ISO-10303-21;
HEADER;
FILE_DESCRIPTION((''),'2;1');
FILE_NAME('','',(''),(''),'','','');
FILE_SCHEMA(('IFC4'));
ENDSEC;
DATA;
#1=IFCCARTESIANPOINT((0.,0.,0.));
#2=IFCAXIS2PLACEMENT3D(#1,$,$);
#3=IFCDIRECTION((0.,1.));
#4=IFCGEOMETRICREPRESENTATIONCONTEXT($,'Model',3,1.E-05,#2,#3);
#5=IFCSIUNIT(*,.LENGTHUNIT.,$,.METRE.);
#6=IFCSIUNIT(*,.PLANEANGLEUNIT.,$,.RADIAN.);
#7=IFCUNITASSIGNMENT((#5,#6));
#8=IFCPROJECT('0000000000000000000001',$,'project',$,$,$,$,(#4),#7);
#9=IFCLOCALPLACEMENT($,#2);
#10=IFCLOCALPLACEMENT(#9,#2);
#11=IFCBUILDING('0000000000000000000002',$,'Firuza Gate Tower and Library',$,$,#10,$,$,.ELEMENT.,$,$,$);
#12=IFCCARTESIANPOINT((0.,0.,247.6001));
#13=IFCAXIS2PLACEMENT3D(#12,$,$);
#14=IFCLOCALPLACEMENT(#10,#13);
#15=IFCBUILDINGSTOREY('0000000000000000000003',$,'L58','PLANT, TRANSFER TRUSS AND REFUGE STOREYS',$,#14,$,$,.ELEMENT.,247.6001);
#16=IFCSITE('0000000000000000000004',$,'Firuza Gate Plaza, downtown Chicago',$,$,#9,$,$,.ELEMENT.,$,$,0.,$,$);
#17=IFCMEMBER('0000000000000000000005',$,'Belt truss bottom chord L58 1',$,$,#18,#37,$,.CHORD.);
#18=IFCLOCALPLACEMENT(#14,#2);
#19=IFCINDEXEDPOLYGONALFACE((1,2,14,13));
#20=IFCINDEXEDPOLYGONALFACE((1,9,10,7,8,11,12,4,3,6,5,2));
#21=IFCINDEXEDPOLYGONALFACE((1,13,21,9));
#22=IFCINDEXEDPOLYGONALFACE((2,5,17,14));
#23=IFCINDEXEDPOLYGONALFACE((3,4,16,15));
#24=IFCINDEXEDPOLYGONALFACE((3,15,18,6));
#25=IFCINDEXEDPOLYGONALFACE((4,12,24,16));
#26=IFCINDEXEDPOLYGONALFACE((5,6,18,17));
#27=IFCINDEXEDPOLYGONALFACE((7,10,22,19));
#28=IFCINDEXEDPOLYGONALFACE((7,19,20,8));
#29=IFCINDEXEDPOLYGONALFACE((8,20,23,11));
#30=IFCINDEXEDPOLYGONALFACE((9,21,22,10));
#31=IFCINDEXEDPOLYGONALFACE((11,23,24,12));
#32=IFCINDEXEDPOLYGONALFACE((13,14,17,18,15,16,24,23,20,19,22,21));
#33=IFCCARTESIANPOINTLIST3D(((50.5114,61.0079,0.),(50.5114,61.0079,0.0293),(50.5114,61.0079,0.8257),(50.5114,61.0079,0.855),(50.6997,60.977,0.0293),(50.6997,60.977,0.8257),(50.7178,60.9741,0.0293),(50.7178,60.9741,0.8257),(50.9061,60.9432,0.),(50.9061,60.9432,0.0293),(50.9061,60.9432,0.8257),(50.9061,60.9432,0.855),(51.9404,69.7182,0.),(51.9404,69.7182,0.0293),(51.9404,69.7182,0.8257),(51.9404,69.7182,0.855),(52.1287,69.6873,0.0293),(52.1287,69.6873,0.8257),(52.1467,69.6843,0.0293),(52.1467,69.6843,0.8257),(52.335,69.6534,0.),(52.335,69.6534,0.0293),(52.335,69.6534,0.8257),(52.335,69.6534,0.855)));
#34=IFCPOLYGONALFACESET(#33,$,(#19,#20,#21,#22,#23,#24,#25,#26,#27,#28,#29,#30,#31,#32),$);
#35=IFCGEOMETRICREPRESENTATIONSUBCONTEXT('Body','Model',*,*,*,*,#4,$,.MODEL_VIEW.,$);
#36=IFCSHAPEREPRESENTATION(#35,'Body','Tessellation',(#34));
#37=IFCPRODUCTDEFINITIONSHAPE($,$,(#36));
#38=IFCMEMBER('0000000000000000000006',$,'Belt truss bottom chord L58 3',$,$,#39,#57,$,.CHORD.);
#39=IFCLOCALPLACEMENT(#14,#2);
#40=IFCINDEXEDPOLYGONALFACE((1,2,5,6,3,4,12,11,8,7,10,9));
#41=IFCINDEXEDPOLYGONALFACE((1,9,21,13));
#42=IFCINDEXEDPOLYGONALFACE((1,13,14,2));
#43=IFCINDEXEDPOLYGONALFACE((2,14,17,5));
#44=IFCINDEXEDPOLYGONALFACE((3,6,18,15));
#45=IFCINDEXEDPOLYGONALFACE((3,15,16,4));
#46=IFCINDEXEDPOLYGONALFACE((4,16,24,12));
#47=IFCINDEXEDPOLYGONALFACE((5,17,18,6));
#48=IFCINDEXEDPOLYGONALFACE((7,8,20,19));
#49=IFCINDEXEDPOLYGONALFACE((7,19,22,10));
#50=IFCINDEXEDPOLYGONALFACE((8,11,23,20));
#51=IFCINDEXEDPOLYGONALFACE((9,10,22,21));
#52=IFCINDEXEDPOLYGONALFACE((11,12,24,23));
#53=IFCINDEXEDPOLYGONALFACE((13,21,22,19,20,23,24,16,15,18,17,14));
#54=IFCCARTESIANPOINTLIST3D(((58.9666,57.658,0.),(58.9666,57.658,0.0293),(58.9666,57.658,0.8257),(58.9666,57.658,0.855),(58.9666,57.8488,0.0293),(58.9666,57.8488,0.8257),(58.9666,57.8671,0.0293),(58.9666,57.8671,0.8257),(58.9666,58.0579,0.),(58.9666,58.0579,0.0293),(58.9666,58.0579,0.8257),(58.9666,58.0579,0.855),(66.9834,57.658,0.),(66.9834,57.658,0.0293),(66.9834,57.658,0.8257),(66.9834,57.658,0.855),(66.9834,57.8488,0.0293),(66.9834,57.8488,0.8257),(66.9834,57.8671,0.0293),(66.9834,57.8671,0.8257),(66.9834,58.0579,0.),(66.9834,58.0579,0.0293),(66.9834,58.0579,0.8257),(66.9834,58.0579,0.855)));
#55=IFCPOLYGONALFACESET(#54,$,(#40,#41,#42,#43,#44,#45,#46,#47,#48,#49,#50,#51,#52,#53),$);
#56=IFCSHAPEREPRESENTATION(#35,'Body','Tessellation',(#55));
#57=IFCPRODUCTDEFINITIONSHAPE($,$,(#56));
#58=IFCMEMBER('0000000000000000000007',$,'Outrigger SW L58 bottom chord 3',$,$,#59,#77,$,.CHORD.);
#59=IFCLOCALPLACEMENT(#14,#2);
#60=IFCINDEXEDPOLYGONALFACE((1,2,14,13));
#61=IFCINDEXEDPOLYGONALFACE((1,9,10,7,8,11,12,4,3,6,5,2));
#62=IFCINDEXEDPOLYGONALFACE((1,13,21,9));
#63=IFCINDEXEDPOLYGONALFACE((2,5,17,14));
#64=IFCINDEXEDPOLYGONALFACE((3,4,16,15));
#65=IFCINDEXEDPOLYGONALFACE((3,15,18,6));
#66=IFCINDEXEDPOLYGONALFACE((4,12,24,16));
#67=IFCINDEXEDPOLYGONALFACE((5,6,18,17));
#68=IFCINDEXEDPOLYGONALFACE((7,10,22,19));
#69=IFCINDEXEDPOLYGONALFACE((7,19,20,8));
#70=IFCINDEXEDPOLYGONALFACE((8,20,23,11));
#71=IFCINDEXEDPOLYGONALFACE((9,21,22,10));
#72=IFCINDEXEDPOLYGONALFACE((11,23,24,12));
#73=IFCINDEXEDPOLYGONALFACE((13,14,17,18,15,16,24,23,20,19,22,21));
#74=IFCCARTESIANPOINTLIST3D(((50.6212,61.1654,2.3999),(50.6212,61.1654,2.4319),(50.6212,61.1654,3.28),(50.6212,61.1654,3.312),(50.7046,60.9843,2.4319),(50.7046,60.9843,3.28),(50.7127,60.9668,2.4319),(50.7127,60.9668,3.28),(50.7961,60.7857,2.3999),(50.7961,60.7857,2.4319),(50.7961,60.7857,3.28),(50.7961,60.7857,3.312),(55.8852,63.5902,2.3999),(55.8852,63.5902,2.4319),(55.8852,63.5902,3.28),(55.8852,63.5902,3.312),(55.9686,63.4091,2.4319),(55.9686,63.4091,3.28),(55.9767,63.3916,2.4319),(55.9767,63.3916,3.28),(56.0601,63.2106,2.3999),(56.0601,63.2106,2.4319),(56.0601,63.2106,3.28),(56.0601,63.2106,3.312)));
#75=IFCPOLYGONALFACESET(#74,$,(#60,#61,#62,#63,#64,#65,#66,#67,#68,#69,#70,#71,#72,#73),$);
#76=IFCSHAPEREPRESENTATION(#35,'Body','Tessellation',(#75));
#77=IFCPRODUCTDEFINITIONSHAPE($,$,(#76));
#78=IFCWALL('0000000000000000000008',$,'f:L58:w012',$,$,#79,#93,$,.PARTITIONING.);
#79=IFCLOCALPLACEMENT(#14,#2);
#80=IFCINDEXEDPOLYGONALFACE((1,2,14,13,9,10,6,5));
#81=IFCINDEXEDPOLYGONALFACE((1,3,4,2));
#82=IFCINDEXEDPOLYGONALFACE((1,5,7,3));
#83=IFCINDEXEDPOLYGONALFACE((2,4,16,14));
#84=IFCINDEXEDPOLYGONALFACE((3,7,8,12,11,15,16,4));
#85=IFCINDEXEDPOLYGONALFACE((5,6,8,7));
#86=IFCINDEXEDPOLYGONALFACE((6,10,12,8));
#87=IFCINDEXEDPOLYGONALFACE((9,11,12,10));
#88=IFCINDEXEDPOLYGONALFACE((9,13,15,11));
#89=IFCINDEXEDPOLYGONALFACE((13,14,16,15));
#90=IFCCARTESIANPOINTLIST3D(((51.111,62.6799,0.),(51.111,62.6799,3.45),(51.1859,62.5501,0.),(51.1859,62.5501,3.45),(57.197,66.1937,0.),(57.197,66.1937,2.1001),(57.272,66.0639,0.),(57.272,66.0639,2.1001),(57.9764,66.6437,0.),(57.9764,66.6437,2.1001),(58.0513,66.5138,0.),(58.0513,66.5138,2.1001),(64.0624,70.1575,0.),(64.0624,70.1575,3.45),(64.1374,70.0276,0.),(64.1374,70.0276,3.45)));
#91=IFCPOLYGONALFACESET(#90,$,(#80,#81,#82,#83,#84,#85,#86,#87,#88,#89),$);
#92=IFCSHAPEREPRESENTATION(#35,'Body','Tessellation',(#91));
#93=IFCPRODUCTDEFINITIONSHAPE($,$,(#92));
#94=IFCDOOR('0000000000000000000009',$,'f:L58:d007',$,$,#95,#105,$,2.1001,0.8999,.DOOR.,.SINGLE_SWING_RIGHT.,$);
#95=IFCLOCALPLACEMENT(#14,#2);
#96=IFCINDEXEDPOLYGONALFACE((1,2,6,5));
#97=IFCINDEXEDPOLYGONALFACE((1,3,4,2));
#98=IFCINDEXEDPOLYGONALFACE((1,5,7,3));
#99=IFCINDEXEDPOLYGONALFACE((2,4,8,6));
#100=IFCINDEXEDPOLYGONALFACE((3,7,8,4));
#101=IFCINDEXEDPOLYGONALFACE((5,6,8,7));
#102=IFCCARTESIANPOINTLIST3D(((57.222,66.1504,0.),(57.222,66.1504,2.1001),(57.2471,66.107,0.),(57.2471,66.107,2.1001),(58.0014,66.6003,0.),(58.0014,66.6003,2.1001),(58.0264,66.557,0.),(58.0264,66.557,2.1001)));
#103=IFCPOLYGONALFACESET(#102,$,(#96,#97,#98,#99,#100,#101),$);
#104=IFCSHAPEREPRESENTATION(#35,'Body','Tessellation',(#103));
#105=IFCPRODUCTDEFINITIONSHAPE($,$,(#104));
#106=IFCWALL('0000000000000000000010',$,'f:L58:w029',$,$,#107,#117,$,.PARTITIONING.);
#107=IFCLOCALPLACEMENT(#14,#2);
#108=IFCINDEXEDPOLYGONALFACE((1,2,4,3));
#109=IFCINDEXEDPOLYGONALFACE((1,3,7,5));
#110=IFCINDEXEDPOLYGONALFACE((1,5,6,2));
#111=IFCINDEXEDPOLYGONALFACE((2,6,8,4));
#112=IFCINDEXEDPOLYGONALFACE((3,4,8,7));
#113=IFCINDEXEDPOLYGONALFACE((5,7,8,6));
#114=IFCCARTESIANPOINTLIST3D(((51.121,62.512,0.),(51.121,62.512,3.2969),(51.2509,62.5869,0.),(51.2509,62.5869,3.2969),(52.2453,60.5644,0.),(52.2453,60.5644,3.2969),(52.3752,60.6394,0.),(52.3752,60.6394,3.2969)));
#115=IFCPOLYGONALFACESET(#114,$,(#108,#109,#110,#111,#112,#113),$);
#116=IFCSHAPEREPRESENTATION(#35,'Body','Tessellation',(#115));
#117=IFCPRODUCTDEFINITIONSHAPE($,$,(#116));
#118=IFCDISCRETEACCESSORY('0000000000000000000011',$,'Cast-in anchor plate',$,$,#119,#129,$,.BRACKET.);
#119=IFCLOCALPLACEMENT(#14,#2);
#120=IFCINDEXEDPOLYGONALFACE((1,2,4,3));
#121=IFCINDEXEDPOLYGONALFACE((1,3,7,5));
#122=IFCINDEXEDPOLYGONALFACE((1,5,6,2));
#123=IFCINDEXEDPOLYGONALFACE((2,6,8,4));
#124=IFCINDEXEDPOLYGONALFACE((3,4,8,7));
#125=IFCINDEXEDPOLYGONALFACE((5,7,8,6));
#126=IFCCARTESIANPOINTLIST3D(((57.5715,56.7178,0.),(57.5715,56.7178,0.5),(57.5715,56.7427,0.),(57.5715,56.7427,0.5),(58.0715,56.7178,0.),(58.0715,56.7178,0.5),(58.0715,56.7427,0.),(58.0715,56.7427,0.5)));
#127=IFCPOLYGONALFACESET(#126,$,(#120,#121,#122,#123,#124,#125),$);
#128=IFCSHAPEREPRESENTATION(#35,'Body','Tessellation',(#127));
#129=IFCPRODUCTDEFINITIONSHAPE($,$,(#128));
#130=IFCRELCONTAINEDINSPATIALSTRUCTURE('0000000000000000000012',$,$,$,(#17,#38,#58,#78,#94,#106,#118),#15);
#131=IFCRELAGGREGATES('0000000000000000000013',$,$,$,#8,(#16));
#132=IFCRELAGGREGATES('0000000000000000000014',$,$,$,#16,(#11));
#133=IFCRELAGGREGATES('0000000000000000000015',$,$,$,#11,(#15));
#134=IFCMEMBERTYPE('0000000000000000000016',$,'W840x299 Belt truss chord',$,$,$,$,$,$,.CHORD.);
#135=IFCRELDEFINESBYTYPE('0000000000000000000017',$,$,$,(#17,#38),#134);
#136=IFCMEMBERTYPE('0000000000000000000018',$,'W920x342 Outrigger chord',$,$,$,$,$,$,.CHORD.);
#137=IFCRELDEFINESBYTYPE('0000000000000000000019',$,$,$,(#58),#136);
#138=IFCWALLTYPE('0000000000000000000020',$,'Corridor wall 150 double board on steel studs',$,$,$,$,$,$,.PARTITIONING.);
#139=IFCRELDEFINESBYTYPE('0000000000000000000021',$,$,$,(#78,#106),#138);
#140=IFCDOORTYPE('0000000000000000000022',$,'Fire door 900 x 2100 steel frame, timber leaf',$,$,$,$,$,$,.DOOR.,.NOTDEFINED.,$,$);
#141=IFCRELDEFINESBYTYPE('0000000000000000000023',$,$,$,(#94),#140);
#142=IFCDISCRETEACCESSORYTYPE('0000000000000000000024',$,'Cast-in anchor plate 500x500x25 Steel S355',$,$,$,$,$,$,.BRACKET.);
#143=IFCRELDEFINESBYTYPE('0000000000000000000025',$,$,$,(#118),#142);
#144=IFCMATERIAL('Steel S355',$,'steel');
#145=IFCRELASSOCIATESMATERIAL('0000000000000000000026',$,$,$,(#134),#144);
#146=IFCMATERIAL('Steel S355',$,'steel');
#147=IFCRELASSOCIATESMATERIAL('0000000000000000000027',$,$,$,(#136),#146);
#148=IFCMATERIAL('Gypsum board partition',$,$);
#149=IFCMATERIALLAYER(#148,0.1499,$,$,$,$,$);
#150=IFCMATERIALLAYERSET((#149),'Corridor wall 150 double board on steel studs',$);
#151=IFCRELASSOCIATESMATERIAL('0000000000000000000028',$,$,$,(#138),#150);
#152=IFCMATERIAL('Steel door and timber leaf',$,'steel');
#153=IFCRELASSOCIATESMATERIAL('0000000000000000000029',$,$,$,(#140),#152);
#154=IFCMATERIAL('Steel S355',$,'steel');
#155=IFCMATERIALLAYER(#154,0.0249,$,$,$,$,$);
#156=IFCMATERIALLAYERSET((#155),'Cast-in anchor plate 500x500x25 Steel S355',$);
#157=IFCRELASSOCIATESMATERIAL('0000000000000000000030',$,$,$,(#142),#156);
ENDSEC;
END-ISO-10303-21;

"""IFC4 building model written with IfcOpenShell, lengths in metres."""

from ifc_helpers import new_model, si_unit, direction, frame, frame_2d, origin, origin_2d, place, context, subcontext, project, spatial, rectangle, i_section, extrude, material, layer, layer_set, material_profile, profile_set, type_object, element, fill, save


model = new_model("IFC4")

# Units and contexts
model_context = context("Model", 3, precision=1e-05, world=origin(), true_north=direction((0.0, 1.0)))
body_context = subcontext(model_context, "Body", "Model", "MODEL_VIEW")
ifc_project = project(units=[si_unit("LENGTHUNIT", "METRE"), si_unit("PLANEANGLEUNIT", "RADIAN")], contexts=[model_context])

# Site, building, storey
site_placement = place(None, origin())
site = spatial("IfcSite", under=ifc_project, at=site_placement, Name="Firuza Gate Plaza, downtown Chicago", CompositionType="ELEMENT", RefElevation=0.0)
building_placement = place(site_placement, origin())
building = spatial("IfcBuilding", under=site, at=building_placement, Name="Firuza Gate Tower and Library", CompositionType="ELEMENT")
storey_placement = place(building_placement, frame((0.0, 0.0, 247.6001)))
storey = spatial("IfcBuildingStorey", under=building, at=storey_placement, Name="L58", Description="PLANT, TRANSFER TRUSS AND REFUGE STOREYS", CompositionType="ELEMENT", Elevation=247.6001)

# Members
ifc_material_1 = material(Name="Steel S355", Category="steel")
ifc_material_profile_1 = material_profile(ifc_material_1, i_section(OverallWidth=0.3999, OverallDepth=0.855, WebThickness=0.0183, FlangeThickness=0.0293, at=origin_2d()))
ifc_profile_set_1 = profile_set([ifc_material_profile_1], Name="Steel S355")
member_type_1 = type_object("IfcMemberType", Name="W840x299 Belt truss chord", PredefinedType="CHORD", material=ifc_profile_set_1)
member_1_placement = place(storey_placement, frame((52.1377, 69.6858, 0.4275), z_axis=(-0.161891, -0.986809, 0.0), x_axis=(0.986809, -0.161891, 0.0)))
element("IfcMember", 1, at=member_1_placement, inside=storey, type_object=member_type_1, Name="Belt truss bottom chord L58 1", PredefinedType="CHORD", context=body_context, shape_type="SweptSolid", body=[
    extrude(i_section(OverallWidth=0.3999, OverallDepth=0.855, WebThickness=0.0183, FlangeThickness=0.0293, at=origin_2d()), origin(), (0.0, 0.0, 1.0), 8.8267),
])
member_2_placement = place(storey_placement, frame((58.9666, 57.8579, 0.4275), z_axis=(1.0, 0.0, 0.0), x_axis=(0.0, 1.0, 0.0)))
element("IfcMember", 2, at=member_2_placement, inside=storey, type_object=member_type_1, Name="Belt truss bottom chord L58 3", PredefinedType="CHORD", context=body_context, shape_type="SweptSolid", body=[
    extrude(i_section(OverallWidth=0.3999, OverallDepth=0.855, WebThickness=0.0183, FlangeThickness=0.0293, at=origin_2d()), origin(), (0.0, 0.0, 1.0), 8.0168),
])
ifc_material_2 = material(Name="Steel S355", Category="steel")
ifc_material_profile_2 = material_profile(ifc_material_2, i_section(OverallWidth=0.418, OverallDepth=0.9121, WebThickness=0.0193, FlangeThickness=0.032, at=origin_2d()))
ifc_profile_set_2 = profile_set([ifc_material_profile_2], Name="Steel S355")
member_type_2 = type_object("IfcMemberType", Name="W920x342 Outrigger chord", PredefinedType="CHORD", material=ifc_profile_set_2)
member_3_placement = place(storey_placement, frame((55.9727, 63.4004, 2.856), z_axis=(-0.908267, -0.41839, 0.0), x_axis=(0.41839, -0.908267, 0.0)))
element("IfcMember", 3, at=member_3_placement, inside=storey, type_object=member_type_2, Name="Outrigger SW L58 bottom chord 3", PredefinedType="CHORD", context=body_context, shape_type="SweptSolid", body=[
    extrude(i_section(OverallWidth=0.418, OverallDepth=0.9121, WebThickness=0.0193, FlangeThickness=0.032, at=origin_2d()), origin(), (0.0, 0.0, 1.0), 5.7957),
])

# Wall, opening, door
ifc_material_3 = material(Name="Gypsum board partition")
ifc_layer_1 = layer(ifc_material_3, 0.1499)
ifc_layer_set_1 = layer_set([ifc_layer_1], Name="Corridor wall 150 double board on steel studs")
wall_type = type_object("IfcWallType", Name="Corridor wall 150 double board on steel studs", PredefinedType="PARTITIONING", material=ifc_layer_set_1)
wall_1_placement = place(storey_placement, frame((51.1484, 62.615, 0.0), z_axis=(0.0, 0.0, 1.0), x_axis=(0.866024, 0.500002, 0.0)))
wall_1 = element("IfcWall", 4, at=wall_1_placement, inside=storey, type_object=wall_type, Name="f:L58:w012", PredefinedType="PARTITIONING", context=body_context, shape_type="SweptSolid", body=[
    extrude(rectangle(XDim=14.9551, YDim=0.1499, at=frame_2d((7.4775, 0.0))), origin(), (0.0, 0.0, 1.0), 3.45),
])
opening_placement = place(wall_1_placement, frame((7.0276, 0.0, 0.0)))
opening = element("IfcOpeningElement", 5, at=opening_placement, cuts=wall_1, PredefinedType="OPENING", context=body_context, shape_type="SweptSolid", body=[
    extrude(rectangle(XDim=0.8999, YDim=2.1001, at=frame_2d((0.45, 1.05))), frame((0.0, 0.085, 0.0), z_axis=(0.0, -1.0, 0.0), x_axis=(1.0, 0.0, 0.0)), (0.0, 0.0, 1.0), 0.1699),
])
ifc_material_4 = material(Name="Steel door and timber leaf", Category="steel")
door_type = type_object("IfcDoorType", Name="Fire door 900 x 2100 steel frame, timber leaf", OperationType="NOTDEFINED", PredefinedType="DOOR", material=ifc_material_4)
door_placement = place(opening_placement, origin())
door = element("IfcDoor", 6, at=door_placement, inside=storey, type_object=door_type, Name="f:L58:d007", OperationType="SINGLE_SWING_RIGHT", OverallHeight=2.1001, OverallWidth=0.8999, PredefinedType="DOOR", context=body_context, shape_type="SweptSolid", body=[
    extrude(rectangle(XDim=0.8999, YDim=2.1001, at=frame_2d((0.45, 1.05))), frame((0.0, 0.0249, 0.0), z_axis=(0.0, -1.0, 0.0), x_axis=(1.0, 0.0, 0.0)), (0.0, 0.0, 1.0), 0.05),
])
fill(opening, door)

# Wall
wall_2_placement = place(storey_placement, frame((52.3103, 60.6018, 0.0), z_axis=(0.0, 0.0, 1.0), x_axis=(-0.499957, 0.86605, 0.0)))
element("IfcWall", 7, at=wall_2_placement, inside=storey, type_object=wall_type, Name="f:L58:w029", PredefinedType="PARTITIONING", context=body_context, shape_type="SweptSolid", body=[
    extrude(rectangle(XDim=2.2488, YDim=0.1499, at=frame_2d((1.1245, 0.0))), origin(), (0.0, 0.0, 1.0), 3.2969),
])

# Discrete accessory
ifc_material_5 = material(Name="Steel S355", Category="steel")
ifc_layer_2 = layer(ifc_material_5, 0.0249)
ifc_layer_set_2 = layer_set([ifc_layer_2], Name="Cast-in anchor plate 500x500x25 Steel S355")
discrete_accessory_type = type_object("IfcDiscreteAccessoryType", Name="Cast-in anchor plate 500x500x25 Steel S355", PredefinedType="BRACKET", material=ifc_layer_set_2)
discrete_accessory_placement = place(storey_placement, frame((57.8215, 56.7302, 0.0), z_axis=(0.0, 0.0, 1.0), x_axis=(1.0, 0.0, 0.0)))
element("IfcDiscreteAccessory", 8, at=discrete_accessory_placement, inside=storey, type_object=discrete_accessory_type, Name="Cast-in anchor plate", PredefinedType="BRACKET", context=body_context, shape_type="SweptSolid", body=[
    extrude(rectangle(XDim=0.5, YDim=0.0249, at=origin_2d()), origin(), (0.0, 0.0, 1.0), 0.5),
])

save(model, "model.ifc")
